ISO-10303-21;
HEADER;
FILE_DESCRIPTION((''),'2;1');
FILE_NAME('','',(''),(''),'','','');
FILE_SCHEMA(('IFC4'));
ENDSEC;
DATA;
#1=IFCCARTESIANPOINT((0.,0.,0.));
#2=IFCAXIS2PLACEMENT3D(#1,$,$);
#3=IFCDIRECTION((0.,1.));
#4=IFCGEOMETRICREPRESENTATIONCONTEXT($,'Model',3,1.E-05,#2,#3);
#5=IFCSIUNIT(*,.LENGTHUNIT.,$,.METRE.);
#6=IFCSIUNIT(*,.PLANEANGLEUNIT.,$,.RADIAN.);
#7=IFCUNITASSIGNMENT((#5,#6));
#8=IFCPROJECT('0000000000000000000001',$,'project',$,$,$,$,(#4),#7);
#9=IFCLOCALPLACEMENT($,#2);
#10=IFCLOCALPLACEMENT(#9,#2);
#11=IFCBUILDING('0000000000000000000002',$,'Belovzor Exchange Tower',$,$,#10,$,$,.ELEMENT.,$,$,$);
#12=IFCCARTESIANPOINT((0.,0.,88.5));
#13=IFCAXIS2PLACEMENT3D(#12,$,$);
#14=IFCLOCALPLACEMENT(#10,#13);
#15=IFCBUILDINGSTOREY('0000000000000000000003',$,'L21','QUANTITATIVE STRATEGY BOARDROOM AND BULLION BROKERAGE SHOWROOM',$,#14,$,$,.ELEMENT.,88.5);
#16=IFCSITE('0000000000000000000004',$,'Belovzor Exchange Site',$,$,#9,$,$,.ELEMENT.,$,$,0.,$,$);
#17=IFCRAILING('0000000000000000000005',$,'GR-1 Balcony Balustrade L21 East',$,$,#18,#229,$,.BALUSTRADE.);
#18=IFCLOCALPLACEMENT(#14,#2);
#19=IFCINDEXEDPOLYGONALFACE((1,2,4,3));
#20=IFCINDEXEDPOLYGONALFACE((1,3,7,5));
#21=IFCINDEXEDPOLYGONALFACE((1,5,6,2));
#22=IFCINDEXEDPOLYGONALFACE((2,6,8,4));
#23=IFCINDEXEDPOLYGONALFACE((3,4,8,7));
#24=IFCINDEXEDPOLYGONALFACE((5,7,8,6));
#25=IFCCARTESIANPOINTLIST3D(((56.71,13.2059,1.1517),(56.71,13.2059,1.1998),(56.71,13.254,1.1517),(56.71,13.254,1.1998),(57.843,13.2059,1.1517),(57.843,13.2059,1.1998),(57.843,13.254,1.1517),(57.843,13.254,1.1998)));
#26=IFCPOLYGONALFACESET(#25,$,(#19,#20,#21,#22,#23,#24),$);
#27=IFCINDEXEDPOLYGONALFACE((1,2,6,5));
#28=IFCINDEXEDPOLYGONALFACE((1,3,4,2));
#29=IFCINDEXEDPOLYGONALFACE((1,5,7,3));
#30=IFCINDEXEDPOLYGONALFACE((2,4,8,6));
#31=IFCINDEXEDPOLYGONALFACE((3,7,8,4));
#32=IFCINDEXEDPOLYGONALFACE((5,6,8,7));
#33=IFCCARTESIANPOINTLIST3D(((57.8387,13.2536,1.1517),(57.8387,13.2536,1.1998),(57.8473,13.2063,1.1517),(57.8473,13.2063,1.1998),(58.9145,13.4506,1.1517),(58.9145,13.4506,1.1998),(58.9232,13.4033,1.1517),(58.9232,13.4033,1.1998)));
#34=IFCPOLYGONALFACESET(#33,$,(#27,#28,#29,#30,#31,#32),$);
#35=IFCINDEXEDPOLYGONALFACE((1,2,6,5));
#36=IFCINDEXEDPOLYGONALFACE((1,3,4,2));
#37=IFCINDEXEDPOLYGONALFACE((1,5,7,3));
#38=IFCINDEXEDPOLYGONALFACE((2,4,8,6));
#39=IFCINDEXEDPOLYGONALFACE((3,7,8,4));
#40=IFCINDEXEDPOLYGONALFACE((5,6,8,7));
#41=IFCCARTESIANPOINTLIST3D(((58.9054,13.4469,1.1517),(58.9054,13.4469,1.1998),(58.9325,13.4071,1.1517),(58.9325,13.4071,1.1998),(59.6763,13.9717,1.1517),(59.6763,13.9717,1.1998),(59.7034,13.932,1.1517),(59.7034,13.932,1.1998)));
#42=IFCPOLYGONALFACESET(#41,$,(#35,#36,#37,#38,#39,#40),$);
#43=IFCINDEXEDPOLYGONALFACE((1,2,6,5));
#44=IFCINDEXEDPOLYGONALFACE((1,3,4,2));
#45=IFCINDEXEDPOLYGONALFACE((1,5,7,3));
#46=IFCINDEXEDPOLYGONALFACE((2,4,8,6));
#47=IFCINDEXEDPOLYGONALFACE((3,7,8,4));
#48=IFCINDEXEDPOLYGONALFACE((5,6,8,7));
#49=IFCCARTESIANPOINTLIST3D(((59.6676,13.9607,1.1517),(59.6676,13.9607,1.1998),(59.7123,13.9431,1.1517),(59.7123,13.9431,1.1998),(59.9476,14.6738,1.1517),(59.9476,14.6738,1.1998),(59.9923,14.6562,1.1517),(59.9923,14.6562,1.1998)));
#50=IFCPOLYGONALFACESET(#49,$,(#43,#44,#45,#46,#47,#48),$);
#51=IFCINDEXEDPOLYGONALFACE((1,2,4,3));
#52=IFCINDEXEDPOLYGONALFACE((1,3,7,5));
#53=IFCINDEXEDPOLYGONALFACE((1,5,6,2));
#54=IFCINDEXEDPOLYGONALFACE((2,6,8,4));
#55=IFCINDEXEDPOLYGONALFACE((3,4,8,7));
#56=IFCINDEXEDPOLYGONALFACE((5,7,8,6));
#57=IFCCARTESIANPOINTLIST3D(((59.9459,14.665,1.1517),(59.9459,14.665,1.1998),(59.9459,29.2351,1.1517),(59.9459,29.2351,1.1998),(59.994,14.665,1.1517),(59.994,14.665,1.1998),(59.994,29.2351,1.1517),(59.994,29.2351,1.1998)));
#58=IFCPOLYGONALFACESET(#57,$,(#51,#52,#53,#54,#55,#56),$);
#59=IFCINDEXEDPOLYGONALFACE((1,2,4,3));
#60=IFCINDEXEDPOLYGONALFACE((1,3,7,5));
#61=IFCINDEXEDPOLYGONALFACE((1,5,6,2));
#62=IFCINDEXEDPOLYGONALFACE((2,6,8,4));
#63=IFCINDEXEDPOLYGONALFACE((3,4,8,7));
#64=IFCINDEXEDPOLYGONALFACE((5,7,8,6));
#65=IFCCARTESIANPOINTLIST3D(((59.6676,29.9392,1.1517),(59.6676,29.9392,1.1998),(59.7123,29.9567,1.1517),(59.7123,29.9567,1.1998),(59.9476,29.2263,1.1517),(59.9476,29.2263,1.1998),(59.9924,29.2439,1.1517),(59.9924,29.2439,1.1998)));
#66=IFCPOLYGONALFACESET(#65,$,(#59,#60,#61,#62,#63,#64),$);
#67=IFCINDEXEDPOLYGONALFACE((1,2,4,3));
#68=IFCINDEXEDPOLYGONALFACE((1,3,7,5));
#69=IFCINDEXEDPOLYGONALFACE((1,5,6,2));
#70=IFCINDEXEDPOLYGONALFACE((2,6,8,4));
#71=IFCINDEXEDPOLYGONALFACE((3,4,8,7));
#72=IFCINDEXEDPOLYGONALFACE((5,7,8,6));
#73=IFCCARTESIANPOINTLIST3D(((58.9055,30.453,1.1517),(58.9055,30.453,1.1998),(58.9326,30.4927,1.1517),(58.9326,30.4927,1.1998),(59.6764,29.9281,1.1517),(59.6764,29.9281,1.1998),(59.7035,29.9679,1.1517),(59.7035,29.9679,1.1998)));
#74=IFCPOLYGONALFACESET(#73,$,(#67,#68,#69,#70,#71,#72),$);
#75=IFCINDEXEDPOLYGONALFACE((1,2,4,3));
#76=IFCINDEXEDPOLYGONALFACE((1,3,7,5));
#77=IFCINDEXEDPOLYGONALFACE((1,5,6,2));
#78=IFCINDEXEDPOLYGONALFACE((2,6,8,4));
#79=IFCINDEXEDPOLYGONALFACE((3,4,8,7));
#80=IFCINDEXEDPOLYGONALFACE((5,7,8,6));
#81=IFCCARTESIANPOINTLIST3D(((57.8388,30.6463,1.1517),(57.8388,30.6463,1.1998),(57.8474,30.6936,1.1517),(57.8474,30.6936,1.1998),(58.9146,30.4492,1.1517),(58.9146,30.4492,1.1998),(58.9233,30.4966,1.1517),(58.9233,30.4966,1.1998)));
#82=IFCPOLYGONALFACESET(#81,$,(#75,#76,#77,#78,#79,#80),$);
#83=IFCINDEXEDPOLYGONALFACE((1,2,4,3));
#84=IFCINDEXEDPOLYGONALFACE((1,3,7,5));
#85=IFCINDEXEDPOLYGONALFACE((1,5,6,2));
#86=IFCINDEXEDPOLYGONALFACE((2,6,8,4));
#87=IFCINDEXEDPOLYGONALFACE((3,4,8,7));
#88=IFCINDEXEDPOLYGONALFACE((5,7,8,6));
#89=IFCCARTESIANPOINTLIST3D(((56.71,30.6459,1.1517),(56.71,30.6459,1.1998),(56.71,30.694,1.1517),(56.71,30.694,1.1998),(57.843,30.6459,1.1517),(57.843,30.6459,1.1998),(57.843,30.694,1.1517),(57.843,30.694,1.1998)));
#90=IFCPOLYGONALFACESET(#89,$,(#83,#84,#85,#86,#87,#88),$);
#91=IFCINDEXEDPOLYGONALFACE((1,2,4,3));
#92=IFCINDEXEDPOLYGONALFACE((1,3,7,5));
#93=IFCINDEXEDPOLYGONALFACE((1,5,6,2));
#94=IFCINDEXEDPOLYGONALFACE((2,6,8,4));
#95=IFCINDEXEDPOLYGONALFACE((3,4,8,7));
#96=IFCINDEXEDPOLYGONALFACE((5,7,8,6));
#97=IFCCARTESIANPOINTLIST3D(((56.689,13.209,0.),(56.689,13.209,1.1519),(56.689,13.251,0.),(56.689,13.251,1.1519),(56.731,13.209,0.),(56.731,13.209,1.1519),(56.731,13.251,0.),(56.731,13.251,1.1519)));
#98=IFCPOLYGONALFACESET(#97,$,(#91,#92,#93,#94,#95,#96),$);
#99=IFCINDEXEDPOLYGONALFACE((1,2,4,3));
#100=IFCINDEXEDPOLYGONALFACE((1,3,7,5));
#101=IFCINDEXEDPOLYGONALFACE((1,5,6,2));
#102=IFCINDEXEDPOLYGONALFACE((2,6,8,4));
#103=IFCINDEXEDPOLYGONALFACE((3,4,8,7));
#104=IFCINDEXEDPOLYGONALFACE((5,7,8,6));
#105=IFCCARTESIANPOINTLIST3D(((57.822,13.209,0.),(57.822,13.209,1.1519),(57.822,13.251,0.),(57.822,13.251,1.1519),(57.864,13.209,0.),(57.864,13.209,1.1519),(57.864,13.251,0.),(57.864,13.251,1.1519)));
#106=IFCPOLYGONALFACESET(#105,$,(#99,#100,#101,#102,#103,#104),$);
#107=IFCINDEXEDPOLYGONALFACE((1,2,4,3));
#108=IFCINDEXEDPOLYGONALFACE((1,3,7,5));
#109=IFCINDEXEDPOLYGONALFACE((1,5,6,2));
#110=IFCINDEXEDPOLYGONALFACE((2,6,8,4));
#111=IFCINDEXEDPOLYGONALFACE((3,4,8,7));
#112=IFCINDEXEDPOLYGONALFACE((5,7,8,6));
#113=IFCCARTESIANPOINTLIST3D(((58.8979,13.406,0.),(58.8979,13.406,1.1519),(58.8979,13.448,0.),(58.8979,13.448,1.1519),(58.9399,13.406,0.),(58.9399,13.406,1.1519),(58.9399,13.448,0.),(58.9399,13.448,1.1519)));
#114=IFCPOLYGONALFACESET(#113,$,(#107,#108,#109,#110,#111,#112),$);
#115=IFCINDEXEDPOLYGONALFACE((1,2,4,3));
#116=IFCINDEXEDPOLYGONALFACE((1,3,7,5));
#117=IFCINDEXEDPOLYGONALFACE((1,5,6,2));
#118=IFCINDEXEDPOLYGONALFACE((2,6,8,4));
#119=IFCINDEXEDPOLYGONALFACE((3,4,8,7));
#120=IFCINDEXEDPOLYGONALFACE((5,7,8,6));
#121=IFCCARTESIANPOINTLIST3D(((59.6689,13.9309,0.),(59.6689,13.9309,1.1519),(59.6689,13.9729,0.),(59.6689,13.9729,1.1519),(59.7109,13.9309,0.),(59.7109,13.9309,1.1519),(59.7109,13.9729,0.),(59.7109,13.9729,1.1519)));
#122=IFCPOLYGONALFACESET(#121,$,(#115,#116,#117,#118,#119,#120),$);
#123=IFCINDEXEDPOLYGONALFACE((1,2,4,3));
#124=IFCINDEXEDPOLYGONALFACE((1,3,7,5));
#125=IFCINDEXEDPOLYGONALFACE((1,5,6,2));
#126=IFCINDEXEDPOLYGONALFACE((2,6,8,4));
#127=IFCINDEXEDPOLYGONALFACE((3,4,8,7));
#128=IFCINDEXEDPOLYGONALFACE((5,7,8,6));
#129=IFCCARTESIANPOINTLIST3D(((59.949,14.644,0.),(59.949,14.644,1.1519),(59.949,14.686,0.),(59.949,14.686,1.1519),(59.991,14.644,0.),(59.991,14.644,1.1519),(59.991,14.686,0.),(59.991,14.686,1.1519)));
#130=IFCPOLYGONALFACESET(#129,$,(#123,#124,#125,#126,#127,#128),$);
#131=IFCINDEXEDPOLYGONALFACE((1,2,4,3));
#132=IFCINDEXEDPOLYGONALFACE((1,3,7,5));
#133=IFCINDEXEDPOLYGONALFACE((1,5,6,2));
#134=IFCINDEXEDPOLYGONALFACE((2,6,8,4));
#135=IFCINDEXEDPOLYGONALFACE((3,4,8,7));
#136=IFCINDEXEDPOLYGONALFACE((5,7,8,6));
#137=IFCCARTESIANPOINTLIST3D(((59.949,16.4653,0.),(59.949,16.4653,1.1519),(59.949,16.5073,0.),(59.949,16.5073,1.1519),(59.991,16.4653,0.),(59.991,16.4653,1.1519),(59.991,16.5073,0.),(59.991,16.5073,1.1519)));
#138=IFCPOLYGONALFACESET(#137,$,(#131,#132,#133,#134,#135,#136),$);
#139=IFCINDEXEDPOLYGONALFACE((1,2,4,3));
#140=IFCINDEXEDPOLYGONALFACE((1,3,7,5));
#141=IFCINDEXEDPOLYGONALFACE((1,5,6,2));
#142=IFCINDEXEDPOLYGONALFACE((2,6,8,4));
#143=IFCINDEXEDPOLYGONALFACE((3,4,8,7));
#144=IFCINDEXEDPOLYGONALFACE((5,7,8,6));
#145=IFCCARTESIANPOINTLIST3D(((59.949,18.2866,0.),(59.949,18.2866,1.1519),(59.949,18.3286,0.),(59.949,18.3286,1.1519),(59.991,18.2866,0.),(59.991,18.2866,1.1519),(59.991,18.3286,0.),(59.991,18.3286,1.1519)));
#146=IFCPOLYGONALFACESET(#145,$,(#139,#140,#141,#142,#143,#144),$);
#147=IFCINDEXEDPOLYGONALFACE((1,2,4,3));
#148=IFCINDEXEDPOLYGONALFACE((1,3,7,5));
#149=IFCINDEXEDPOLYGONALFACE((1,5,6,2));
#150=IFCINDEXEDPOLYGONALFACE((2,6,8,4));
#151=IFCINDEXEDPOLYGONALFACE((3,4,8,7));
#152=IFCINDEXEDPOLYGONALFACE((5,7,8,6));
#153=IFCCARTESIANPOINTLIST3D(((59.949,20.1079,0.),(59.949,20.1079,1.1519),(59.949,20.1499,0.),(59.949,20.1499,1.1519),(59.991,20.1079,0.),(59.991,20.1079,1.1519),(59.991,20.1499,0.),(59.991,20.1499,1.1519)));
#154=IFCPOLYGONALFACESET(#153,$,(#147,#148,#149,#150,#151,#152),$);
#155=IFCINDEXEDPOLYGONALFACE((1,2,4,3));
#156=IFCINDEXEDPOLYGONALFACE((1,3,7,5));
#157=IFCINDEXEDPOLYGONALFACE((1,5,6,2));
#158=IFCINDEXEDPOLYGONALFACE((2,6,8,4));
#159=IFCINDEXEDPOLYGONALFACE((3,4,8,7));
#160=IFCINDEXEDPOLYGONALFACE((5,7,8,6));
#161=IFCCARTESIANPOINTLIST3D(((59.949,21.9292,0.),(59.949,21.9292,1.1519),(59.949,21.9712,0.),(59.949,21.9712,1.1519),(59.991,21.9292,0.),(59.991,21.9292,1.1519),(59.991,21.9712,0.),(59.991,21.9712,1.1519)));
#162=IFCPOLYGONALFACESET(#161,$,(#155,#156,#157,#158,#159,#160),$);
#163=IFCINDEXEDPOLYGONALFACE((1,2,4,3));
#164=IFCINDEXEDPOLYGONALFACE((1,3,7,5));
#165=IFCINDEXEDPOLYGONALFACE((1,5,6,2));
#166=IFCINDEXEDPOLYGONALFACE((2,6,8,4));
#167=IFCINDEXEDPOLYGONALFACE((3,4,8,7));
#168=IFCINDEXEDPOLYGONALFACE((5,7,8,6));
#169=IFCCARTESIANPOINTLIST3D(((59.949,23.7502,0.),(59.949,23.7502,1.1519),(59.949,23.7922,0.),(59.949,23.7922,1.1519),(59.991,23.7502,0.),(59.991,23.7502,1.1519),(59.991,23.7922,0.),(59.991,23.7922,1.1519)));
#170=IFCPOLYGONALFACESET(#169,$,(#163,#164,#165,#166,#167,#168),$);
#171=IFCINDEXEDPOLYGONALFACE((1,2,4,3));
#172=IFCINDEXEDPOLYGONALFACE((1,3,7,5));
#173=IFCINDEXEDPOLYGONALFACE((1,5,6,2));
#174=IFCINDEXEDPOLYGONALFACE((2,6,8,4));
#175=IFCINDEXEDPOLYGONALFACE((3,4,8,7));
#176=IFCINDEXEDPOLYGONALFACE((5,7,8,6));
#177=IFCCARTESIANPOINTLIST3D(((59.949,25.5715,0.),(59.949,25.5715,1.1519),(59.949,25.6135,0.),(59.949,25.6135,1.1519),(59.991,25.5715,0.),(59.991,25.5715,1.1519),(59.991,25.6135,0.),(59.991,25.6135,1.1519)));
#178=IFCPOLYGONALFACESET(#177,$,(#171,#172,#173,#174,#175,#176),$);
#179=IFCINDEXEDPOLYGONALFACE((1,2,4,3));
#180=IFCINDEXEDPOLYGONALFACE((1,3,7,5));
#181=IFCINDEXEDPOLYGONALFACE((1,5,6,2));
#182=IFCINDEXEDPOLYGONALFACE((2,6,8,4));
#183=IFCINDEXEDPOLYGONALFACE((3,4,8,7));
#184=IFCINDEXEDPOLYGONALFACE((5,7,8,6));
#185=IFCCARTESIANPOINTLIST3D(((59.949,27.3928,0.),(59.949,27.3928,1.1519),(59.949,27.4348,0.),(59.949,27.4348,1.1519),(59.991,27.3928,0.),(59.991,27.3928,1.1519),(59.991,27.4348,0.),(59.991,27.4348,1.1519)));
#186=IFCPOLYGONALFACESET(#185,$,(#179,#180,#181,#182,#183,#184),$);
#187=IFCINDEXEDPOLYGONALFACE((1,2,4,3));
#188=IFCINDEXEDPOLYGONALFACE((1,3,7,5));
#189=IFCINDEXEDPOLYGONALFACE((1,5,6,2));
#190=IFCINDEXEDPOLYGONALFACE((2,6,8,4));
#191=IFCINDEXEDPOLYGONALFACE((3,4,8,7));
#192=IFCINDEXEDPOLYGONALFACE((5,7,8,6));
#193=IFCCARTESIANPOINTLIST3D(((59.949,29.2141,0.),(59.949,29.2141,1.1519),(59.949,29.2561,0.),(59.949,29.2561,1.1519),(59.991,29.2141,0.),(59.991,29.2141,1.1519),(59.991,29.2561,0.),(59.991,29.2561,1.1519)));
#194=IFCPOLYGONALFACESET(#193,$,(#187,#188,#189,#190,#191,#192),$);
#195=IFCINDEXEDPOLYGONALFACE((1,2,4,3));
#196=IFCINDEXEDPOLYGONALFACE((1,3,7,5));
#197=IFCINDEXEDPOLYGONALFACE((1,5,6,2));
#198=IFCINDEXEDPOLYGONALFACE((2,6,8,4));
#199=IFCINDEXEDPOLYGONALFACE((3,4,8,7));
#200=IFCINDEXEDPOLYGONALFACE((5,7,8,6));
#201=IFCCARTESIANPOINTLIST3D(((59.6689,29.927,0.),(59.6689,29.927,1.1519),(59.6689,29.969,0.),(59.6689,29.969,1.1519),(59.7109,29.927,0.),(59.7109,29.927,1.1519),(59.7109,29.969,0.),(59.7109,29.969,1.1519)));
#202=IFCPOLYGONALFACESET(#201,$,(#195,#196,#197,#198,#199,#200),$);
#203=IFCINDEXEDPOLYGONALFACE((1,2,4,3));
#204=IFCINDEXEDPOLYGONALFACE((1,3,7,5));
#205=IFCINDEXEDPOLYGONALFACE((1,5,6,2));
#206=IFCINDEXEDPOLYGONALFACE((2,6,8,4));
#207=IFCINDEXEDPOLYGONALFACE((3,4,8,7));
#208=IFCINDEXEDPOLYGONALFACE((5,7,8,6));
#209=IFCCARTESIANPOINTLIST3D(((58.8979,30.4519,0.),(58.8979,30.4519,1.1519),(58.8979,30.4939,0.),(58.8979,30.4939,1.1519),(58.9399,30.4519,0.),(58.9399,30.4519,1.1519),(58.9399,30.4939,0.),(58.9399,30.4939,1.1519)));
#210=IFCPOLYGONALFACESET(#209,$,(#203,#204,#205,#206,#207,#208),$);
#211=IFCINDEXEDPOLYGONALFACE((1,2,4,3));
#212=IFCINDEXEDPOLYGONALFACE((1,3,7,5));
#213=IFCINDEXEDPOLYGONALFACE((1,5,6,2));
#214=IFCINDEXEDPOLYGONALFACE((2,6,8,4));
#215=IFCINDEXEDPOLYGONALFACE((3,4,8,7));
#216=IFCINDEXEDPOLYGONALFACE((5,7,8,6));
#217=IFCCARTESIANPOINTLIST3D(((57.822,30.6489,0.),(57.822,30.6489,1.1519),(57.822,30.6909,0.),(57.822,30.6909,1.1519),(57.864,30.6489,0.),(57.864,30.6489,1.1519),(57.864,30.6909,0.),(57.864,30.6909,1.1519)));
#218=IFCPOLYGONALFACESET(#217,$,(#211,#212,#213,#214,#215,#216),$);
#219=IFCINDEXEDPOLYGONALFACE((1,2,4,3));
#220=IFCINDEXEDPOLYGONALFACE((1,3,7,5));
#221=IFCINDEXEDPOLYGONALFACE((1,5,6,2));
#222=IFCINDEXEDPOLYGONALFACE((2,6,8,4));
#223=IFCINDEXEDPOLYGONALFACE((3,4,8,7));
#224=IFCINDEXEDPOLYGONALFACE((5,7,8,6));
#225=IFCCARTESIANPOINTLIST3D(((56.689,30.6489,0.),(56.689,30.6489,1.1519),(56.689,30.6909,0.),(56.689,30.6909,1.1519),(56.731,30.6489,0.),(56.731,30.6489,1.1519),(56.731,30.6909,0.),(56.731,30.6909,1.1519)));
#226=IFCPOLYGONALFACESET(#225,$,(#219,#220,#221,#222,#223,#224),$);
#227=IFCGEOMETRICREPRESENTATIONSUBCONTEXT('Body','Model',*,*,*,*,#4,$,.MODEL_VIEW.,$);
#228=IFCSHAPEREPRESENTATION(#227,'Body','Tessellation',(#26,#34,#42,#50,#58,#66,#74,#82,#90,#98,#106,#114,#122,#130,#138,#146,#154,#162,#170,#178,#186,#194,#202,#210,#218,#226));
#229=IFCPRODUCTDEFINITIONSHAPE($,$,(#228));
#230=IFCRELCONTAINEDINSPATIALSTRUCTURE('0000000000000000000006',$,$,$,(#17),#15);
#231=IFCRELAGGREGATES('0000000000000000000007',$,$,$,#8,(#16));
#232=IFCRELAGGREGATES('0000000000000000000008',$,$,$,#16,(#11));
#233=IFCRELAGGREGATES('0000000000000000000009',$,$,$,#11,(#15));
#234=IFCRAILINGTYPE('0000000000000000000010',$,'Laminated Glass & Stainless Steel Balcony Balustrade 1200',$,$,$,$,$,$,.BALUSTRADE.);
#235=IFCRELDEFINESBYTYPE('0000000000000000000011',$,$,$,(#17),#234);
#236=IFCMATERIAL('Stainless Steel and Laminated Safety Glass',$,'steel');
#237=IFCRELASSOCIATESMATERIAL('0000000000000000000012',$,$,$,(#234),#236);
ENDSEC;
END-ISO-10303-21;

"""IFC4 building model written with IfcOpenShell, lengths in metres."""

from ifc_helpers import new_model, si_unit, direction, frame, origin, origin_2d, place, context, subcontext, project, spatial, rectangle, extrude, material, type_object, element, save


model = new_model("IFC4")

# Units and contexts
model_context = context("Model", 3, precision=1e-05, world=origin(), true_north=direction((0.0, 1.0)))
body_context = subcontext(model_context, "Body", "Model", "MODEL_VIEW")
ifc_project = project(units=[si_unit("LENGTHUNIT", "METRE"), si_unit("PLANEANGLEUNIT", "RADIAN")], contexts=[model_context])

# Site, building, storey
site_placement = place(None, origin())
site = spatial("IfcSite", under=ifc_project, at=site_placement, Name="Belovzor Exchange Site", CompositionType="ELEMENT", RefElevation=0.0)
building_placement = place(site_placement, origin())
building = spatial("IfcBuilding", under=site, at=building_placement, Name="Belovzor Exchange Tower", CompositionType="ELEMENT")
storey_placement = place(building_placement, frame((0.0, 0.0, 88.5)))
storey = spatial("IfcBuildingStorey", under=building, at=storey_placement, Name="L21", Description="QUANTITATIVE STRATEGY BOARDROOM AND BULLION BROKERAGE SHOWROOM", CompositionType="ELEMENT", Elevation=88.5)

# Railing
ifc_material_1 = material(Name="Stainless Steel and Laminated Safety Glass", Category="steel")
railing_type = type_object("IfcRailingType", Name="Laminated Glass & Stainless Steel Balcony Balustrade 1200", PredefinedType="BALUSTRADE", material=ifc_material_1)
railing_placement = place(storey_placement, frame((56.71, 13.23, 0.0)))
element("IfcRailing", 1, at=railing_placement, inside=storey, type_object=railing_type, Name="GR-1 Balcony Balustrade L21 East", PredefinedType="BALUSTRADE", context=body_context, shape_type="SweptSolid", body=[
    extrude(rectangle(XDim=0.0481, YDim=0.0481, at=origin_2d()), frame((0.0, 0.0, 1.1758), z_axis=(1.0, 0.0, 0.0), x_axis=(0.0, 1.0, 0.0)), (0.0, 0.0, 1.0), 1.1331),
    extrude(rectangle(XDim=0.0481, YDim=0.0481, at=origin_2d()), frame((1.1331, 0.0, 1.1758), z_axis=(0.983644, 0.180123, 0.0), x_axis=(-0.180123, 0.983644, 0.0)), (0.0, 0.0, 1.0), 1.0938),
    extrude(rectangle(XDim=0.0481, YDim=0.0481, at=origin_2d()), frame((2.209, 0.197, 1.1758), z_axis=(0.826615, 0.562768, 0.0), x_axis=(-0.562768, 0.826615, 0.0)), (0.0, 0.0, 1.0), 0.9326),
    extrude(rectangle(XDim=0.0481, YDim=0.0481, at=origin_2d()), frame((2.98, 0.7219, 1.1758), z_axis=(0.365504, 0.93081, 0.0), x_axis=(-0.93081, 0.365504, 0.0)), (0.0, 0.0, 1.0), 0.7661),
    extrude(rectangle(XDim=0.0481, YDim=0.0481, at=origin_2d()), frame((3.26, 1.4351, 1.1758), z_axis=(0.0, 1.0, 0.0), x_axis=(-1.0, 0.0, 0.0)), (0.0, 0.0, 1.0), 14.5701),
    extrude(rectangle(XDim=0.0481, YDim=0.0481, at=origin_2d()), frame((3.26, 16.0051, 1.1758), z_axis=(-0.365613, 0.930767, 0.0), x_axis=(-0.930767, -0.365613, 0.0)), (0.0, 0.0, 1.0), 0.7659),
    extrude(rectangle(XDim=0.0481, YDim=0.0481, at=origin_2d()), frame((2.98, 16.718, 1.1758), z_axis=(-0.826615, 0.562768, 0.0), x_axis=(-0.562768, -0.826615, 0.0)), (0.0, 0.0, 1.0), 0.9326),
    extrude(rectangle(XDim=0.0481, YDim=0.0481, at=origin_2d()), frame((2.209, 17.2429, 1.1758), z_axis=(-0.983644, 0.180123, 0.0), x_axis=(-0.180123, -0.983644, 0.0)), (0.0, 0.0, 1.0), 1.0938),
    extrude(rectangle(XDim=0.0481, YDim=0.0481, at=origin_2d()), frame((1.1331, 17.4399, 1.1758), z_axis=(-1.0, 0.0, 0.0), x_axis=(0.0, -1.0, 0.0)), (0.0, 0.0, 1.0), 1.1331),
    extrude(rectangle(XDim=0.042, YDim=0.042, at=origin_2d()), origin(), (0.0, 0.0, 1.0), 1.1519),
    extrude(rectangle(XDim=0.042, YDim=0.042, at=origin_2d()), frame((1.1331, 0.0, 0.0)), (0.0, 0.0, 1.0), 1.1519),
    extrude(rectangle(XDim=0.042, YDim=0.042, at=origin_2d()), frame((2.209, 0.197, 0.0)), (0.0, 0.0, 1.0), 1.1519),
    extrude(rectangle(XDim=0.042, YDim=0.042, at=origin_2d()), frame((2.98, 0.7219, 0.0)), (0.0, 0.0, 1.0), 1.1519),
    extrude(rectangle(XDim=0.042, YDim=0.042, at=origin_2d()), frame((3.26, 1.4351, 0.0)), (0.0, 0.0, 1.0), 1.1519),
    extrude(rectangle(XDim=0.042, YDim=0.042, at=origin_2d()), frame((3.26, 3.2563, 0.0)), (0.0, 0.0, 1.0), 1.1519),
    extrude(rectangle(XDim=0.042, YDim=0.042, at=origin_2d()), frame((3.26, 5.0776, 0.0)), (0.0, 0.0, 1.0), 1.1519),
    extrude(rectangle(XDim=0.042, YDim=0.042, at=origin_2d()), frame((3.26, 6.8989, 0.0)), (0.0, 0.0, 1.0), 1.1519),
    extrude(rectangle(XDim=0.042, YDim=0.042, at=origin_2d()), frame((3.26, 8.7202, 0.0)), (0.0, 0.0, 1.0), 1.1519),
    extrude(rectangle(XDim=0.042, YDim=0.042, at=origin_2d()), frame((3.26, 10.5413, 0.0)), (0.0, 0.0, 1.0), 1.1519),
    extrude(rectangle(XDim=0.042, YDim=0.042, at=origin_2d()), frame((3.26, 12.3625, 0.0)), (0.0, 0.0, 1.0), 1.1519),
    extrude(rectangle(XDim=0.042, YDim=0.042, at=origin_2d()), frame((3.26, 14.1838, 0.0)), (0.0, 0.0, 1.0), 1.1519),
    extrude(rectangle(XDim=0.042, YDim=0.042, at=origin_2d()), frame((3.26, 16.0051, 0.0)), (0.0, 0.0, 1.0), 1.1519),
    extrude(rectangle(XDim=0.042, YDim=0.042, at=origin_2d()), frame((2.98, 16.718, 0.0)), (0.0, 0.0, 1.0), 1.1519),
    extrude(rectangle(XDim=0.042, YDim=0.042, at=origin_2d()), frame((2.209, 17.2429, 0.0)), (0.0, 0.0, 1.0), 1.1519),
    extrude(rectangle(XDim=0.042, YDim=0.042, at=origin_2d()), frame((1.1331, 17.4399, 0.0)), (0.0, 0.0, 1.0), 1.1519),
    extrude(rectangle(XDim=0.042, YDim=0.042, at=origin_2d()), frame((0.0, 17.4399, 0.0)), (0.0, 0.0, 1.0), 1.1519),
])

save(model, "model.ifc")
